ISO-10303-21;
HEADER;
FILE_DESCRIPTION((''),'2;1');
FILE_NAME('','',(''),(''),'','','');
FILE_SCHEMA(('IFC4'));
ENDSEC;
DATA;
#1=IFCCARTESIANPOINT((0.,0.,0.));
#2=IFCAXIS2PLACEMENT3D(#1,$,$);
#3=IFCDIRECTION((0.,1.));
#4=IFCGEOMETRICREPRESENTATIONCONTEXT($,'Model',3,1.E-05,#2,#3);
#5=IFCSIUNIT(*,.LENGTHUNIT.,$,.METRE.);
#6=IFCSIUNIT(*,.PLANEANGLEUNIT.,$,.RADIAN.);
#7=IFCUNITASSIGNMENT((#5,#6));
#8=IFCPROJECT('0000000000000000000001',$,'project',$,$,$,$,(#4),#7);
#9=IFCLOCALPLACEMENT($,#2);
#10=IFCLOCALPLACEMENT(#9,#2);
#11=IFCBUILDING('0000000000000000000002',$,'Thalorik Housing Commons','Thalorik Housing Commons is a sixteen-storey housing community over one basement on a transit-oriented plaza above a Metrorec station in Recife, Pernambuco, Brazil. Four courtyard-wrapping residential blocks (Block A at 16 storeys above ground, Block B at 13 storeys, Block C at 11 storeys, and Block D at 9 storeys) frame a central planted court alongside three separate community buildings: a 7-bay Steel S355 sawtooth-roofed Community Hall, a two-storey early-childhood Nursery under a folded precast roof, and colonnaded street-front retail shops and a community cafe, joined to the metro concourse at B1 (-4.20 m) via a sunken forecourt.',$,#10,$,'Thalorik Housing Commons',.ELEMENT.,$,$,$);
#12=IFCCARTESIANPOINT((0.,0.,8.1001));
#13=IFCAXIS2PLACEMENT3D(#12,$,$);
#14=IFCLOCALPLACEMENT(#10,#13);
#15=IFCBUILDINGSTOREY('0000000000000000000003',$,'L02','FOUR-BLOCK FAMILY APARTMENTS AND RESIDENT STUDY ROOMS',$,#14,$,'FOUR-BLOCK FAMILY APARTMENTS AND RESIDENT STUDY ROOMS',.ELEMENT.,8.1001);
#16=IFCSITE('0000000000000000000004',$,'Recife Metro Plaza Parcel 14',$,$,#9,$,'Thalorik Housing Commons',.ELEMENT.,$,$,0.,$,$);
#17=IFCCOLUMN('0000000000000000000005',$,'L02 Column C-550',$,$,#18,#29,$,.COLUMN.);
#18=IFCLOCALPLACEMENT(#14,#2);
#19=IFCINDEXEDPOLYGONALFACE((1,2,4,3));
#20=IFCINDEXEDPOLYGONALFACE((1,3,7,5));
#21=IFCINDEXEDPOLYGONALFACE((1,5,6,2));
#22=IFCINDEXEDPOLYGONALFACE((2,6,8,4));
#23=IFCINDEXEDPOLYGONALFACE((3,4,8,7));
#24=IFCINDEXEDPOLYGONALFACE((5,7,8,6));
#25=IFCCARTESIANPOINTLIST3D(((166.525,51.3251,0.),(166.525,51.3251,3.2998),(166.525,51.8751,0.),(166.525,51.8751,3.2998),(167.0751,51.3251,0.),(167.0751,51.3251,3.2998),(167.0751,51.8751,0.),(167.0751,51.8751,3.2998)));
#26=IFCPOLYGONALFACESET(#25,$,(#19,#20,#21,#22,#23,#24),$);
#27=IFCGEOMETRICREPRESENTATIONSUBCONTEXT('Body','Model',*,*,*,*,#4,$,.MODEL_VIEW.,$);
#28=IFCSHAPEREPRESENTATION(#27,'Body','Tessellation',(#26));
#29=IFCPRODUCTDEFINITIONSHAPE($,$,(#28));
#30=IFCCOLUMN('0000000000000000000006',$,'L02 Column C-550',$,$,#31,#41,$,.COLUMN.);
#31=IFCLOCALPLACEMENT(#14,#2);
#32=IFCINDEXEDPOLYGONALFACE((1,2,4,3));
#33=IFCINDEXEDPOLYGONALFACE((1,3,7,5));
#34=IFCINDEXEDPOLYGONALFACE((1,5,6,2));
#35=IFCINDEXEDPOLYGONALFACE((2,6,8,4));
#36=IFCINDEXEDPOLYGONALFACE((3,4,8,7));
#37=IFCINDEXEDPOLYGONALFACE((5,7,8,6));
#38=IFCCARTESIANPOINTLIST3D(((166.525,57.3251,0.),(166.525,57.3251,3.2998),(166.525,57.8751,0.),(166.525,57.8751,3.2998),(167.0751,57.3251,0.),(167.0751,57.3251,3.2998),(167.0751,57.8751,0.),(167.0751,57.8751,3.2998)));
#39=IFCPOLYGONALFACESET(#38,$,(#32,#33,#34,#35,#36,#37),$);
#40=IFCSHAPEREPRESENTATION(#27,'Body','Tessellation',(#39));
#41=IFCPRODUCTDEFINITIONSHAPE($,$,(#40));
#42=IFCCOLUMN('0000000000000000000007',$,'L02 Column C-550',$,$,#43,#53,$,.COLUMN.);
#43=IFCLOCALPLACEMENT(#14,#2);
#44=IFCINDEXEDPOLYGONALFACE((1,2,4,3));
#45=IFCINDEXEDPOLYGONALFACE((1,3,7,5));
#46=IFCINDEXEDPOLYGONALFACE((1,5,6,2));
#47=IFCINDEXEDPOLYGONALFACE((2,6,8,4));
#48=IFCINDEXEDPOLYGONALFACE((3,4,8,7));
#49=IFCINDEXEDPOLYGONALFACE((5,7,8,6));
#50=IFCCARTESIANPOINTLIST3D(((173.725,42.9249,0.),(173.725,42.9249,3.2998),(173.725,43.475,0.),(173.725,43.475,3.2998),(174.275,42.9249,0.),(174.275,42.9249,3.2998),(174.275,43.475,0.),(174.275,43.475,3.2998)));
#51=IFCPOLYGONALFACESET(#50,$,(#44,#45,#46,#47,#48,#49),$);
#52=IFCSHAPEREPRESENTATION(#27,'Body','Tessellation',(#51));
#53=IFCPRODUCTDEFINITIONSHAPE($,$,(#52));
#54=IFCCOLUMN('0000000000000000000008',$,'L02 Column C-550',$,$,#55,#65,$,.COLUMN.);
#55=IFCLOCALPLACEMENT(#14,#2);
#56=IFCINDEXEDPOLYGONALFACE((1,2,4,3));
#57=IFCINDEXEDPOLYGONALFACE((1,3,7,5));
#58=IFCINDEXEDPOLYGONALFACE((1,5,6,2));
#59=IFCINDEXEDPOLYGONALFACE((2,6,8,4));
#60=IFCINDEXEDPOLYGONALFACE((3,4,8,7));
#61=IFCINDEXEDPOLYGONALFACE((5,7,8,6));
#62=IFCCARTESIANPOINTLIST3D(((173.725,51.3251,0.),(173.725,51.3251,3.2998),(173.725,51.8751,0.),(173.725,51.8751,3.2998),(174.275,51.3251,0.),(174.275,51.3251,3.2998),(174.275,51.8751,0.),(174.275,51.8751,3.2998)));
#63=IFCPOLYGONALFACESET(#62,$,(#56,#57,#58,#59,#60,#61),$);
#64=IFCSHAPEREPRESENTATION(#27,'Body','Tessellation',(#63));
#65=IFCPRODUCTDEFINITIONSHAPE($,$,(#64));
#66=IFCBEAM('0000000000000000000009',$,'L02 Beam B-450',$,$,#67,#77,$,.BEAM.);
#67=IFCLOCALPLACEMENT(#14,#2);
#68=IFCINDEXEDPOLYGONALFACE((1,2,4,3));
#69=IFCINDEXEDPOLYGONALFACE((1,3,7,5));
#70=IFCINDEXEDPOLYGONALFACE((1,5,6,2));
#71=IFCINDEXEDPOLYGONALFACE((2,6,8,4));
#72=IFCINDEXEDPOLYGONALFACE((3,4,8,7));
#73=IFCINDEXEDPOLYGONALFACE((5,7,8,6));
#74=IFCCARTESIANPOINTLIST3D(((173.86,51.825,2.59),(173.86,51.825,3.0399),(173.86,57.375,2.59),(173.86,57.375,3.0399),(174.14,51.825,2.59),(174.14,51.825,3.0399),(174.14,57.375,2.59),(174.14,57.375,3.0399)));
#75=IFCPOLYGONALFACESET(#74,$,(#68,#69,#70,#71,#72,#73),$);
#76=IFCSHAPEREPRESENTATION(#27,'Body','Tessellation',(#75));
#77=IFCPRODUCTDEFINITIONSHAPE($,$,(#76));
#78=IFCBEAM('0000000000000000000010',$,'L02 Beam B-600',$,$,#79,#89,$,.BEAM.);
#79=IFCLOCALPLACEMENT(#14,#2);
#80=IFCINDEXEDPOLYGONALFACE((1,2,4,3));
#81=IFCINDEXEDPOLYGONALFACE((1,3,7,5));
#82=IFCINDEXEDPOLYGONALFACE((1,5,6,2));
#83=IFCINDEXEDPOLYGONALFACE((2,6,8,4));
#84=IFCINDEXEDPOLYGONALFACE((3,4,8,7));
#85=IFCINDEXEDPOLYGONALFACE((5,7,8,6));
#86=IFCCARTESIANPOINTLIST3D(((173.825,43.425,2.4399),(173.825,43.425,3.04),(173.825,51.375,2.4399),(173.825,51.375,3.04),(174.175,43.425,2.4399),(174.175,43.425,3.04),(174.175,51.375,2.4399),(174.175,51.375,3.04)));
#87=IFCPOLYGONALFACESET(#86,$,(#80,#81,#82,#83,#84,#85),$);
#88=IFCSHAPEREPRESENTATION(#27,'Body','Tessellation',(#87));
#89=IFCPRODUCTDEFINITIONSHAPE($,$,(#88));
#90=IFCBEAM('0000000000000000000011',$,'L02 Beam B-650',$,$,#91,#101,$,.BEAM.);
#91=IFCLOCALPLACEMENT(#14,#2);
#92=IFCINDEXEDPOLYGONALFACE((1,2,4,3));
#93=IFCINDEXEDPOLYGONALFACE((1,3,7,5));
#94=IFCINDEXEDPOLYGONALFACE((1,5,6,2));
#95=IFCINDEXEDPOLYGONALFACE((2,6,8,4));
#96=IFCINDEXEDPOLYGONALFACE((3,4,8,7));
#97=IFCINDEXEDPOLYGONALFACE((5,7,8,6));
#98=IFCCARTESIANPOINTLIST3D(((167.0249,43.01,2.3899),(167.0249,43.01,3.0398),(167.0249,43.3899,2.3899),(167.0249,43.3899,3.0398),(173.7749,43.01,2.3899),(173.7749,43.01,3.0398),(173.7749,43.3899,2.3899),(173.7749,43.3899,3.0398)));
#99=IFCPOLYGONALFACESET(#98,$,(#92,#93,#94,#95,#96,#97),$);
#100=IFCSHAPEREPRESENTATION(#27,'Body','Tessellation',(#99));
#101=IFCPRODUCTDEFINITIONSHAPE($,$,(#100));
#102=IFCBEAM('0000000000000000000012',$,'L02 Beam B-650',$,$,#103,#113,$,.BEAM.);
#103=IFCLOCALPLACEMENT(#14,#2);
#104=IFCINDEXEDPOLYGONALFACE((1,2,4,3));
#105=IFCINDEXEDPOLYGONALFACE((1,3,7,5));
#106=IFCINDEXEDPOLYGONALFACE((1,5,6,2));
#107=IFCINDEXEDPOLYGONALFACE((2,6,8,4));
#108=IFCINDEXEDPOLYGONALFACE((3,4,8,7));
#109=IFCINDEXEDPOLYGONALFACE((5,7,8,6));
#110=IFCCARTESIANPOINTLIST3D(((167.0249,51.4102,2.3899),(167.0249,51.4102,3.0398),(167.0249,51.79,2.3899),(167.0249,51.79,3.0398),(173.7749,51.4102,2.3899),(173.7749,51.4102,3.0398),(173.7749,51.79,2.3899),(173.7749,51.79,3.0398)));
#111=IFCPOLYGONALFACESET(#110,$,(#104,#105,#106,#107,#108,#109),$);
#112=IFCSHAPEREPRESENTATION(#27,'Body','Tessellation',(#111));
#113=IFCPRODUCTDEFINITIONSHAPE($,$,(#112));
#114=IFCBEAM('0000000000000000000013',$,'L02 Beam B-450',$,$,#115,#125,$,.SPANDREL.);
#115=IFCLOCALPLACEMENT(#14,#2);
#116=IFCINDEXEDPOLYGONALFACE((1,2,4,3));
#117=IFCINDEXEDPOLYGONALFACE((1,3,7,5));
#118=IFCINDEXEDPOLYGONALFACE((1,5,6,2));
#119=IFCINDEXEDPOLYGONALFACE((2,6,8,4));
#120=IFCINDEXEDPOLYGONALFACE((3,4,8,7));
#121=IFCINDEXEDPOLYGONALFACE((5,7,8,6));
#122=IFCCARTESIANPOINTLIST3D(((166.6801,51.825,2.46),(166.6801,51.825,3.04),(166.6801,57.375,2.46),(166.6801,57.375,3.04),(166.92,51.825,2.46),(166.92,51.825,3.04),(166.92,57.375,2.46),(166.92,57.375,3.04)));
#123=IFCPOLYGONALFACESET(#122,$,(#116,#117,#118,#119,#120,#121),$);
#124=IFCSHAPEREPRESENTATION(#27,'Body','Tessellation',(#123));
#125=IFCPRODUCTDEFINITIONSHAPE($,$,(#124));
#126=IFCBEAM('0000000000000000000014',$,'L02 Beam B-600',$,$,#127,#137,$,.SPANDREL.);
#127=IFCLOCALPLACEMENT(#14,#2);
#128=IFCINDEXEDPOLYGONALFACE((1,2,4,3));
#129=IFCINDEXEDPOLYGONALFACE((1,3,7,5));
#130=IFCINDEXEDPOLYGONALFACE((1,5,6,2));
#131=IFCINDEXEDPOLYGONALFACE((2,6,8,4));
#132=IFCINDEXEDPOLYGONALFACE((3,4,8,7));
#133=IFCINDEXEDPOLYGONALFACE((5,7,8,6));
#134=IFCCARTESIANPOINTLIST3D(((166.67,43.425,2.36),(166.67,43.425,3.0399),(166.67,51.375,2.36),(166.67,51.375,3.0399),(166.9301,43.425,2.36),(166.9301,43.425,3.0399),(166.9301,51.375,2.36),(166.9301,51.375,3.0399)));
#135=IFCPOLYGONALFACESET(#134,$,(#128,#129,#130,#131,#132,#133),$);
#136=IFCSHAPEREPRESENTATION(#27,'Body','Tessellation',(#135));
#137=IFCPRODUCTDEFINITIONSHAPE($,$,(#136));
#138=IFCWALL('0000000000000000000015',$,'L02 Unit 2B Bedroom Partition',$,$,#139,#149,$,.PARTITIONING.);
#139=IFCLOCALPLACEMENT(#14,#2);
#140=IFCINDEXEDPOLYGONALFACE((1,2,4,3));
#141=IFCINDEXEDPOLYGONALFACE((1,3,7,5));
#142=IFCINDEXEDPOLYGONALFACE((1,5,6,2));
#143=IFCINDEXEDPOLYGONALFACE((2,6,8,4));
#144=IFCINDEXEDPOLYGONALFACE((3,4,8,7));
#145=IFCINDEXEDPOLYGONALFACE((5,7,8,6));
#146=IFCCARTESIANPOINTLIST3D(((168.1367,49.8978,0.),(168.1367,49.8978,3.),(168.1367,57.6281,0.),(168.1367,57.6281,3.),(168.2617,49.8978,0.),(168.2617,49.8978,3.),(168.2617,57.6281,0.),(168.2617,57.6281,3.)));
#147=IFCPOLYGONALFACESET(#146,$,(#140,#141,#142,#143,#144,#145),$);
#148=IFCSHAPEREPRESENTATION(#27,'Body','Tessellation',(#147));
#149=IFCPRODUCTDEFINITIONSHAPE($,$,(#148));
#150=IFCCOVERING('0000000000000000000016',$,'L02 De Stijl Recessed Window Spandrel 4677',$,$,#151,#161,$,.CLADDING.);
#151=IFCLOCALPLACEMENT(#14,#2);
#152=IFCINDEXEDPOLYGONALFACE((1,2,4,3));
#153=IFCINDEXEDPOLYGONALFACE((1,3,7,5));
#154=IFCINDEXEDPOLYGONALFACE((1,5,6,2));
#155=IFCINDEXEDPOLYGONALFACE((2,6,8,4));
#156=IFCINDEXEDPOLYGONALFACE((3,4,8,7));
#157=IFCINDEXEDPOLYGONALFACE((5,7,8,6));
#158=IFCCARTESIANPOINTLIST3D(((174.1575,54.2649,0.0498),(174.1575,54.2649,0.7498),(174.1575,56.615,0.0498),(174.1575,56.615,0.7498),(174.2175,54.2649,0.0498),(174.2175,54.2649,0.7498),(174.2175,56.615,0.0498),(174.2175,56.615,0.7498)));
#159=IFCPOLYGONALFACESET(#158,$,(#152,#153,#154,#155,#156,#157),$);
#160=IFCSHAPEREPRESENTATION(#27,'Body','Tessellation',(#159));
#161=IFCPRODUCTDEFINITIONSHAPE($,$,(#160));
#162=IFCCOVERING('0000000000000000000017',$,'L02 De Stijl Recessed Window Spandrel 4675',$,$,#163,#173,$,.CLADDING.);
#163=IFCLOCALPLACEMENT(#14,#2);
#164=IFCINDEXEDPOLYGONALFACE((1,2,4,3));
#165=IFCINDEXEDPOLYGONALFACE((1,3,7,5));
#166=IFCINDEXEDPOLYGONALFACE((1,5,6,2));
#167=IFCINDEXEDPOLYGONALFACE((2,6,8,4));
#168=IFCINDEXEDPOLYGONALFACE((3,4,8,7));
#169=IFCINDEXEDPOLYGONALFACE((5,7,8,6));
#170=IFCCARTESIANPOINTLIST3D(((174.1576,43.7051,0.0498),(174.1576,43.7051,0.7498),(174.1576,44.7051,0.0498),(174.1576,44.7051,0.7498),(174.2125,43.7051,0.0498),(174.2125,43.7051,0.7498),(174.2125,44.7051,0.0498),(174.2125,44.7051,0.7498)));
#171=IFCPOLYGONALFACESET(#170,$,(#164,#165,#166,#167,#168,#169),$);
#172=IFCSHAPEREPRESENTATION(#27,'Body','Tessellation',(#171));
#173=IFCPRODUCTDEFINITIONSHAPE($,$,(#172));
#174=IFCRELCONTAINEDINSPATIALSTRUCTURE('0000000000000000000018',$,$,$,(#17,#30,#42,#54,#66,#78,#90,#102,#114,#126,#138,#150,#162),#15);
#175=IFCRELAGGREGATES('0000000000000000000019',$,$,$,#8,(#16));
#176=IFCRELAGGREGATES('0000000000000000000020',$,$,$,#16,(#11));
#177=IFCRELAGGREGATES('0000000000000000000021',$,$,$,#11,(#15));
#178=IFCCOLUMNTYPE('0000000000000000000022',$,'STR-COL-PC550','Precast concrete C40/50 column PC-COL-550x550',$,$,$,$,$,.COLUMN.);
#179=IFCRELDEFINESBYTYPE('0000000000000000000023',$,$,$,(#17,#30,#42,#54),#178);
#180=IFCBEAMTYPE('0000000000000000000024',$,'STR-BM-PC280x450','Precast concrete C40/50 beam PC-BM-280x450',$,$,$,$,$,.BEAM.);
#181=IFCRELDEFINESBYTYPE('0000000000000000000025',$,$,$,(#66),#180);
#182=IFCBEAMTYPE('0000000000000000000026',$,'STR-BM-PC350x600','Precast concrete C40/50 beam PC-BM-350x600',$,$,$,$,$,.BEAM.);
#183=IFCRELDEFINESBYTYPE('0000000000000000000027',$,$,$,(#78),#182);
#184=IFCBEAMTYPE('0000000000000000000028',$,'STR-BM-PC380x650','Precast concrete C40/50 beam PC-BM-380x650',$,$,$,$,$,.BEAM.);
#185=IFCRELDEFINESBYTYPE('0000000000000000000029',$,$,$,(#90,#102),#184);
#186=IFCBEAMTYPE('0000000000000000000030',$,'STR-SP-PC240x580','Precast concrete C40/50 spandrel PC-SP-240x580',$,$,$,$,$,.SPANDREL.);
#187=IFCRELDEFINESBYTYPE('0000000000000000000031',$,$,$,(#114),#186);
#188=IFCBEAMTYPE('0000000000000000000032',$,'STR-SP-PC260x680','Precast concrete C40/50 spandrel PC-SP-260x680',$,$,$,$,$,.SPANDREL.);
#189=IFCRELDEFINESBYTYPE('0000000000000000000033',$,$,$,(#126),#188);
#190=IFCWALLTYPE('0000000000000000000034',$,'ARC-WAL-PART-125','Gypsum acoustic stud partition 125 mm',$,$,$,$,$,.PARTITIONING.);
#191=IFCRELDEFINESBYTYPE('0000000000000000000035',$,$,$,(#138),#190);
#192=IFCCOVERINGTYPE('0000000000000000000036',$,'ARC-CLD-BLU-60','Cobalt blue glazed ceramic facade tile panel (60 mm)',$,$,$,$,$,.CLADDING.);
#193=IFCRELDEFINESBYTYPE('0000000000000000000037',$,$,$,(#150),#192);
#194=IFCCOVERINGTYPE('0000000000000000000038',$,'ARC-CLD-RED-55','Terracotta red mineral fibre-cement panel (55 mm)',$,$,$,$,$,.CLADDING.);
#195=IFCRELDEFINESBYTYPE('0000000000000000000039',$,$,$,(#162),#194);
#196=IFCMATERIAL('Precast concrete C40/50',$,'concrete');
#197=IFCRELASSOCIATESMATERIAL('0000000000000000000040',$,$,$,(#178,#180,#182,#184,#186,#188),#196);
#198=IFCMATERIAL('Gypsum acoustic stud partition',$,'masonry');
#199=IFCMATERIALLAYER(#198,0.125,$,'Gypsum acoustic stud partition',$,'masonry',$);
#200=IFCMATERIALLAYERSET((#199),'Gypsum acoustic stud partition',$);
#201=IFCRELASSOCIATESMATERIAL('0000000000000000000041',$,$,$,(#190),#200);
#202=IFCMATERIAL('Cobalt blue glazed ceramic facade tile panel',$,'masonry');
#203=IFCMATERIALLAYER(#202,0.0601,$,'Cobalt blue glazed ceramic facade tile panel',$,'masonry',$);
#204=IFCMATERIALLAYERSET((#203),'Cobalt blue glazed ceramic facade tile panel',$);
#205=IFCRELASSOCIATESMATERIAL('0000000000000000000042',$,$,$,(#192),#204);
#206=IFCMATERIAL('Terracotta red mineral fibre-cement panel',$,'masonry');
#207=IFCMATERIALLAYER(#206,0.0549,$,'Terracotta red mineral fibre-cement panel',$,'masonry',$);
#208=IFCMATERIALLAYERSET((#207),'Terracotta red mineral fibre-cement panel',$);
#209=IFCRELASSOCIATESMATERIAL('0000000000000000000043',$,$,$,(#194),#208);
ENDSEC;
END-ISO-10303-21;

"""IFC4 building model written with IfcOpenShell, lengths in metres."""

from ifc_helpers import new_model, si_unit, direction, frame, frame_2d, origin, origin_2d, place, context, subcontext, project, spatial, rectangle, extrude, material, layer, layer_set, material_profile, profile_set, type_object, element, save


model = new_model("IFC4")

# Units and contexts
model_context = context("Model", 3, precision=1e-05, world=origin(), true_north=direction((0.0, 1.0)))
body_context = subcontext(model_context, "Body", "Model", "MODEL_VIEW")
ifc_project = project(units=[si_unit("LENGTHUNIT", "METRE"), si_unit("PLANEANGLEUNIT", "RADIAN")], contexts=[model_context])

# Site, building, storey
site_placement = place(None, origin())
site = spatial("IfcSite", under=ifc_project, at=site_placement, Name="Recife Metro Plaza Parcel 14", LongName="Thalorik Housing Commons", CompositionType="ELEMENT", RefElevation=0.0)
building_placement = place(site_placement, origin())
building = spatial("IfcBuilding", under=site, at=building_placement, Name="Thalorik Housing Commons", Description="Thalorik Housing Commons is a sixteen-storey housing community over one basement on a transit-oriented plaza above a Metrorec station in Recife, Pernambuco, Brazil. Four courtyard-wrapping residential blocks (Block A at 16 storeys above ground, Block B at 13 storeys, Block C at 11 storeys, and Block D at 9 storeys) frame a central planted court alongside three separate community buildings: a 7-bay Steel S355 sawtooth-roofed Community Hall, a two-storey early-childhood Nursery under a folded precast roof, and colonnaded street-front retail shops and a community cafe, joined to the metro concourse at B1 (-4.20 m) via a sunken forecourt.", LongName="Thalorik Housing Commons", CompositionType="ELEMENT")
storey_placement = place(building_placement, frame((0.0, 0.0, 8.1001)))
storey = spatial("IfcBuildingStorey", under=building, at=storey_placement, Name="L02", Description="FOUR-BLOCK FAMILY APARTMENTS AND RESIDENT STUDY ROOMS", LongName="FOUR-BLOCK FAMILY APARTMENTS AND RESIDENT STUDY ROOMS", CompositionType="ELEMENT", Elevation=8.1001)

# Columns
ifc_material_1 = material(Name="Precast concrete C40/50", Category="concrete")
ifc_material_profile_1 = material_profile(ifc_material_1, rectangle(XDim=0.55, YDim=0.55, at=origin_2d()), Name="PC 550x550", Category="concrete")
ifc_profile_set_1 = profile_set([ifc_material_profile_1], Name="Precast concrete C40/50")
column_type = type_object("IfcColumnType", Name="STR-COL-PC550", Description="Precast concrete C40/50 column PC-COL-550x550", PredefinedType="COLUMN", material=ifc_profile_set_1)
for number, where, z_axis, x_axis, name in (
    (1, (166.8, 51.6001, 0.0), (0.0, 0.0, 1.0), (1.0, 0.0, 0.0), "L02 Column C-550"),
    (2, (166.8, 57.6001, 0.0), (0.0, 0.0, 1.0), (1.0, 0.0, 0.0), "L02 Column C-550"),
    (3, (174.0, 43.2, 0.0), (0.0, 0.0, 1.0), (1.0, 0.0, 0.0), "L02 Column C-550"),
    (4, (174.0, 51.6001, 0.0), (0.0, 0.0, 1.0), (1.0, 0.0, 0.0), "L02 Column C-550"),
):
    element("IfcColumn", number, at=place(storey_placement, frame(where, z_axis=z_axis, x_axis=x_axis)), inside=storey, type_object=column_type, Name=name, PredefinedType="COLUMN", context=body_context, shape_type="SweptSolid", body=[
        extrude(rectangle(XDim=0.55, YDim=0.55, at=origin_2d()), origin(), (0.0, 0.0, 1.0), 3.2998),
    ])

# Beams
ifc_material_profile_2 = material_profile(ifc_material_1, rectangle(XDim=0.28, YDim=0.45, at=origin_2d()), Name="PC 280x450", Category="concrete")
ifc_profile_set_2 = profile_set([ifc_material_profile_2], Name="Precast concrete C40/50")
beam_type_1 = type_object("IfcBeamType", Name="STR-BM-PC280x450", Description="Precast concrete C40/50 beam PC-BM-280x450", PredefinedType="BEAM", material=ifc_profile_set_2)
beam_1_placement = place(storey_placement, frame((174.0, 51.825, 2.8149), z_axis=(0.0, 1.0, 0.0), x_axis=(-1.0, 0.0, 0.0)))
element("IfcBeam", 5, at=beam_1_placement, inside=storey, type_object=beam_type_1, Name="L02 Beam B-450", PredefinedType="BEAM", context=body_context, shape_type="SweptSolid", body=[
    extrude(rectangle(XDim=0.28, YDim=0.45, at=origin_2d()), origin(), (0.0, 0.0, 1.0), 5.55),
])
ifc_material_profile_3 = material_profile(ifc_material_1, rectangle(XDim=0.3501, YDim=0.6001, at=origin_2d()), Name="PC 350x600", Category="concrete")
ifc_profile_set_3 = profile_set([ifc_material_profile_3], Name="Precast concrete C40/50")
beam_type_2 = type_object("IfcBeamType", Name="STR-BM-PC350x600", Description="Precast concrete C40/50 beam PC-BM-350x600", PredefinedType="BEAM", material=ifc_profile_set_3)
beam_2_placement = place(storey_placement, frame((174.0, 43.425, 2.74), z_axis=(0.0, 1.0, 0.0), x_axis=(-1.0, 0.0, 0.0)))
element("IfcBeam", 6, at=beam_2_placement, inside=storey, type_object=beam_type_2, Name="L02 Beam B-600", PredefinedType="BEAM", context=body_context, shape_type="SweptSolid", body=[
    extrude(rectangle(XDim=0.3501, YDim=0.6001, at=origin_2d()), origin(), (0.0, 0.0, 1.0), 7.95),
])
ifc_material_profile_4 = material_profile(ifc_material_1, rectangle(XDim=0.3799, YDim=0.6499, at=origin_2d()), Name="PC 380x650", Category="concrete")
ifc_profile_set_4 = profile_set([ifc_material_profile_4], Name="Precast concrete C40/50")
beam_type_3 = type_object("IfcBeamType", Name="STR-BM-PC380x650", Description="Precast concrete C40/50 beam PC-BM-380x650", PredefinedType="BEAM", material=ifc_profile_set_4)
for number, where, z_axis, x_axis, name in (
    (7, (167.0249, 43.2, 2.7148), (1.0, 0.0, 0.0), (0.0, 1.0, 0.0), "L02 Beam B-650"),
    (8, (167.0249, 51.6001, 2.7148), (1.0, 0.0, 0.0), (0.0, 1.0, 0.0), "L02 Beam B-650"),
):
    element("IfcBeam", number, at=place(storey_placement, frame(where, z_axis=z_axis, x_axis=x_axis)), inside=storey, type_object=beam_type_3, Name=name, PredefinedType="BEAM", context=body_context, shape_type="SweptSolid", body=[
        extrude(rectangle(XDim=0.3799, YDim=0.6499, at=origin_2d()), origin(), (0.0, 0.0, 1.0), 6.75),
    ])
ifc_material_profile_5 = material_profile(ifc_material_1, rectangle(XDim=0.24, YDim=0.5801, at=origin_2d()), Name="PC SP 240x580", Category="concrete")
ifc_profile_set_5 = profile_set([ifc_material_profile_5], Name="Precast concrete C40/50")
beam_type_4 = type_object("IfcBeamType", Name="STR-SP-PC240x580", Description="Precast concrete C40/50 spandrel PC-SP-240x580", PredefinedType="SPANDREL", material=ifc_profile_set_5)
beam_3_placement = place(storey_placement, frame((166.8, 51.825, 2.75), z_axis=(0.0, 1.0, 0.0), x_axis=(-1.0, 0.0, 0.0)))
element("IfcBeam", 9, at=beam_3_placement, inside=storey, type_object=beam_type_4, Name="L02 Beam B-450", PredefinedType="SPANDREL", context=body_context, shape_type="SweptSolid", body=[
    extrude(rectangle(XDim=0.24, YDim=0.5801, at=origin_2d()), origin(), (0.0, 0.0, 1.0), 5.55),
])
ifc_material_profile_6 = material_profile(ifc_material_1, rectangle(XDim=0.26, YDim=0.6799, at=origin_2d()), Name="PC SP 260x680", Category="concrete")
ifc_profile_set_6 = profile_set([ifc_material_profile_6], Name="Precast concrete C40/50")
beam_type_5 = type_object("IfcBeamType", Name="STR-SP-PC260x680", Description="Precast concrete C40/50 spandrel PC-SP-260x680", PredefinedType="SPANDREL", material=ifc_profile_set_6)
beam_4_placement = place(storey_placement, frame((166.8, 43.425, 2.7), z_axis=(0.0, 1.0, 0.0), x_axis=(-1.0, 0.0, 0.0)))
element("IfcBeam", 10, at=beam_4_placement, inside=storey, type_object=beam_type_5, Name="L02 Beam B-600", PredefinedType="SPANDREL", context=body_context, shape_type="SweptSolid", body=[
    extrude(rectangle(XDim=0.26, YDim=0.6799, at=origin_2d()), origin(), (0.0, 0.0, 1.0), 7.95),
])

# Wall
ifc_material_2 = material(Name="Gypsum acoustic stud partition", Category="masonry")
ifc_layer_1 = layer(ifc_material_2, 0.125, Name="Gypsum acoustic stud partition", Category="masonry")
ifc_layer_set_1 = layer_set([ifc_layer_1], Name="Gypsum acoustic stud partition")
wall_type_1 = type_object("IfcWallType", Name="ARC-WAL-PART-125", Description="Gypsum acoustic stud partition 125 mm", PredefinedType="PARTITIONING", material=ifc_layer_set_1)
wall_1_placement = place(storey_placement, frame((168.1992, 49.8977, 0.0), z_axis=(0.0, 0.0, 1.0), x_axis=(0.0, 1.0, 0.0)))
element("IfcWall", 11, at=wall_1_placement, inside=storey, type_object=wall_type_1, Name="L02 Unit 2B Bedroom Partition", PredefinedType="PARTITIONING", context=body_context, shape_type="SweptSolid", body=[
    extrude(rectangle(XDim=7.7302, YDim=0.125, at=frame_2d((3.8652, 0.0))), origin(), (0.0, 0.0, 1.0), 3.0),
])

# Coverings
ifc_material_3 = material(Name="Cobalt blue glazed ceramic facade tile panel", Category="masonry")
ifc_layer_2 = layer(ifc_material_3, 0.0601, Name="Cobalt blue glazed ceramic facade tile panel", Category="masonry")
ifc_layer_set_2 = layer_set([ifc_layer_2], Name="Cobalt blue glazed ceramic facade tile panel")
covering_type_1 = type_object("IfcCoveringType", Name="ARC-CLD-BLU-60", Description="Cobalt blue glazed ceramic facade tile panel (60 mm)", PredefinedType="CLADDING", material=ifc_layer_set_2)
covering_1_placement = place(storey_placement, frame((174.1875, 55.4399, 0.0498), z_axis=(0.0, 0.0, 1.0), x_axis=(0.0, 1.0, 0.0)))
element("IfcCovering", 12, at=covering_1_placement, inside=storey, type_object=covering_type_1, Name="L02 De Stijl Recessed Window Spandrel 4677", PredefinedType="CLADDING", context=body_context, shape_type="SweptSolid", body=[
    extrude(rectangle(XDim=2.3501, YDim=0.0601, at=origin_2d()), origin(), (0.0, 0.0, 1.0), 0.7),
])
ifc_material_4 = material(Name="Terracotta red mineral fibre-cement panel", Category="masonry")
ifc_layer_3 = layer(ifc_material_4, 0.0549, Name="Terracotta red mineral fibre-cement panel", Category="masonry")
ifc_layer_set_3 = layer_set([ifc_layer_3], Name="Terracotta red mineral fibre-cement panel")
covering_type_2 = type_object("IfcCoveringType", Name="ARC-CLD-RED-55", Description="Terracotta red mineral fibre-cement panel (55 mm)", PredefinedType="CLADDING", material=ifc_layer_set_3)
covering_2_placement = place(storey_placement, frame((174.1851, 44.2051, 0.0498), z_axis=(0.0, 0.0, 1.0), x_axis=(0.0, 1.0, 0.0)))
element("IfcCovering", 13, at=covering_2_placement, inside=storey, type_object=covering_type_2, Name="L02 De Stijl Recessed Window Spandrel 4675", PredefinedType="CLADDING", context=body_context, shape_type="SweptSolid", body=[
    extrude(rectangle(XDim=1.0, YDim=0.0549, at=origin_2d()), origin(), (0.0, 0.0, 1.0), 0.7),
])

save(model, "model.ifc")
